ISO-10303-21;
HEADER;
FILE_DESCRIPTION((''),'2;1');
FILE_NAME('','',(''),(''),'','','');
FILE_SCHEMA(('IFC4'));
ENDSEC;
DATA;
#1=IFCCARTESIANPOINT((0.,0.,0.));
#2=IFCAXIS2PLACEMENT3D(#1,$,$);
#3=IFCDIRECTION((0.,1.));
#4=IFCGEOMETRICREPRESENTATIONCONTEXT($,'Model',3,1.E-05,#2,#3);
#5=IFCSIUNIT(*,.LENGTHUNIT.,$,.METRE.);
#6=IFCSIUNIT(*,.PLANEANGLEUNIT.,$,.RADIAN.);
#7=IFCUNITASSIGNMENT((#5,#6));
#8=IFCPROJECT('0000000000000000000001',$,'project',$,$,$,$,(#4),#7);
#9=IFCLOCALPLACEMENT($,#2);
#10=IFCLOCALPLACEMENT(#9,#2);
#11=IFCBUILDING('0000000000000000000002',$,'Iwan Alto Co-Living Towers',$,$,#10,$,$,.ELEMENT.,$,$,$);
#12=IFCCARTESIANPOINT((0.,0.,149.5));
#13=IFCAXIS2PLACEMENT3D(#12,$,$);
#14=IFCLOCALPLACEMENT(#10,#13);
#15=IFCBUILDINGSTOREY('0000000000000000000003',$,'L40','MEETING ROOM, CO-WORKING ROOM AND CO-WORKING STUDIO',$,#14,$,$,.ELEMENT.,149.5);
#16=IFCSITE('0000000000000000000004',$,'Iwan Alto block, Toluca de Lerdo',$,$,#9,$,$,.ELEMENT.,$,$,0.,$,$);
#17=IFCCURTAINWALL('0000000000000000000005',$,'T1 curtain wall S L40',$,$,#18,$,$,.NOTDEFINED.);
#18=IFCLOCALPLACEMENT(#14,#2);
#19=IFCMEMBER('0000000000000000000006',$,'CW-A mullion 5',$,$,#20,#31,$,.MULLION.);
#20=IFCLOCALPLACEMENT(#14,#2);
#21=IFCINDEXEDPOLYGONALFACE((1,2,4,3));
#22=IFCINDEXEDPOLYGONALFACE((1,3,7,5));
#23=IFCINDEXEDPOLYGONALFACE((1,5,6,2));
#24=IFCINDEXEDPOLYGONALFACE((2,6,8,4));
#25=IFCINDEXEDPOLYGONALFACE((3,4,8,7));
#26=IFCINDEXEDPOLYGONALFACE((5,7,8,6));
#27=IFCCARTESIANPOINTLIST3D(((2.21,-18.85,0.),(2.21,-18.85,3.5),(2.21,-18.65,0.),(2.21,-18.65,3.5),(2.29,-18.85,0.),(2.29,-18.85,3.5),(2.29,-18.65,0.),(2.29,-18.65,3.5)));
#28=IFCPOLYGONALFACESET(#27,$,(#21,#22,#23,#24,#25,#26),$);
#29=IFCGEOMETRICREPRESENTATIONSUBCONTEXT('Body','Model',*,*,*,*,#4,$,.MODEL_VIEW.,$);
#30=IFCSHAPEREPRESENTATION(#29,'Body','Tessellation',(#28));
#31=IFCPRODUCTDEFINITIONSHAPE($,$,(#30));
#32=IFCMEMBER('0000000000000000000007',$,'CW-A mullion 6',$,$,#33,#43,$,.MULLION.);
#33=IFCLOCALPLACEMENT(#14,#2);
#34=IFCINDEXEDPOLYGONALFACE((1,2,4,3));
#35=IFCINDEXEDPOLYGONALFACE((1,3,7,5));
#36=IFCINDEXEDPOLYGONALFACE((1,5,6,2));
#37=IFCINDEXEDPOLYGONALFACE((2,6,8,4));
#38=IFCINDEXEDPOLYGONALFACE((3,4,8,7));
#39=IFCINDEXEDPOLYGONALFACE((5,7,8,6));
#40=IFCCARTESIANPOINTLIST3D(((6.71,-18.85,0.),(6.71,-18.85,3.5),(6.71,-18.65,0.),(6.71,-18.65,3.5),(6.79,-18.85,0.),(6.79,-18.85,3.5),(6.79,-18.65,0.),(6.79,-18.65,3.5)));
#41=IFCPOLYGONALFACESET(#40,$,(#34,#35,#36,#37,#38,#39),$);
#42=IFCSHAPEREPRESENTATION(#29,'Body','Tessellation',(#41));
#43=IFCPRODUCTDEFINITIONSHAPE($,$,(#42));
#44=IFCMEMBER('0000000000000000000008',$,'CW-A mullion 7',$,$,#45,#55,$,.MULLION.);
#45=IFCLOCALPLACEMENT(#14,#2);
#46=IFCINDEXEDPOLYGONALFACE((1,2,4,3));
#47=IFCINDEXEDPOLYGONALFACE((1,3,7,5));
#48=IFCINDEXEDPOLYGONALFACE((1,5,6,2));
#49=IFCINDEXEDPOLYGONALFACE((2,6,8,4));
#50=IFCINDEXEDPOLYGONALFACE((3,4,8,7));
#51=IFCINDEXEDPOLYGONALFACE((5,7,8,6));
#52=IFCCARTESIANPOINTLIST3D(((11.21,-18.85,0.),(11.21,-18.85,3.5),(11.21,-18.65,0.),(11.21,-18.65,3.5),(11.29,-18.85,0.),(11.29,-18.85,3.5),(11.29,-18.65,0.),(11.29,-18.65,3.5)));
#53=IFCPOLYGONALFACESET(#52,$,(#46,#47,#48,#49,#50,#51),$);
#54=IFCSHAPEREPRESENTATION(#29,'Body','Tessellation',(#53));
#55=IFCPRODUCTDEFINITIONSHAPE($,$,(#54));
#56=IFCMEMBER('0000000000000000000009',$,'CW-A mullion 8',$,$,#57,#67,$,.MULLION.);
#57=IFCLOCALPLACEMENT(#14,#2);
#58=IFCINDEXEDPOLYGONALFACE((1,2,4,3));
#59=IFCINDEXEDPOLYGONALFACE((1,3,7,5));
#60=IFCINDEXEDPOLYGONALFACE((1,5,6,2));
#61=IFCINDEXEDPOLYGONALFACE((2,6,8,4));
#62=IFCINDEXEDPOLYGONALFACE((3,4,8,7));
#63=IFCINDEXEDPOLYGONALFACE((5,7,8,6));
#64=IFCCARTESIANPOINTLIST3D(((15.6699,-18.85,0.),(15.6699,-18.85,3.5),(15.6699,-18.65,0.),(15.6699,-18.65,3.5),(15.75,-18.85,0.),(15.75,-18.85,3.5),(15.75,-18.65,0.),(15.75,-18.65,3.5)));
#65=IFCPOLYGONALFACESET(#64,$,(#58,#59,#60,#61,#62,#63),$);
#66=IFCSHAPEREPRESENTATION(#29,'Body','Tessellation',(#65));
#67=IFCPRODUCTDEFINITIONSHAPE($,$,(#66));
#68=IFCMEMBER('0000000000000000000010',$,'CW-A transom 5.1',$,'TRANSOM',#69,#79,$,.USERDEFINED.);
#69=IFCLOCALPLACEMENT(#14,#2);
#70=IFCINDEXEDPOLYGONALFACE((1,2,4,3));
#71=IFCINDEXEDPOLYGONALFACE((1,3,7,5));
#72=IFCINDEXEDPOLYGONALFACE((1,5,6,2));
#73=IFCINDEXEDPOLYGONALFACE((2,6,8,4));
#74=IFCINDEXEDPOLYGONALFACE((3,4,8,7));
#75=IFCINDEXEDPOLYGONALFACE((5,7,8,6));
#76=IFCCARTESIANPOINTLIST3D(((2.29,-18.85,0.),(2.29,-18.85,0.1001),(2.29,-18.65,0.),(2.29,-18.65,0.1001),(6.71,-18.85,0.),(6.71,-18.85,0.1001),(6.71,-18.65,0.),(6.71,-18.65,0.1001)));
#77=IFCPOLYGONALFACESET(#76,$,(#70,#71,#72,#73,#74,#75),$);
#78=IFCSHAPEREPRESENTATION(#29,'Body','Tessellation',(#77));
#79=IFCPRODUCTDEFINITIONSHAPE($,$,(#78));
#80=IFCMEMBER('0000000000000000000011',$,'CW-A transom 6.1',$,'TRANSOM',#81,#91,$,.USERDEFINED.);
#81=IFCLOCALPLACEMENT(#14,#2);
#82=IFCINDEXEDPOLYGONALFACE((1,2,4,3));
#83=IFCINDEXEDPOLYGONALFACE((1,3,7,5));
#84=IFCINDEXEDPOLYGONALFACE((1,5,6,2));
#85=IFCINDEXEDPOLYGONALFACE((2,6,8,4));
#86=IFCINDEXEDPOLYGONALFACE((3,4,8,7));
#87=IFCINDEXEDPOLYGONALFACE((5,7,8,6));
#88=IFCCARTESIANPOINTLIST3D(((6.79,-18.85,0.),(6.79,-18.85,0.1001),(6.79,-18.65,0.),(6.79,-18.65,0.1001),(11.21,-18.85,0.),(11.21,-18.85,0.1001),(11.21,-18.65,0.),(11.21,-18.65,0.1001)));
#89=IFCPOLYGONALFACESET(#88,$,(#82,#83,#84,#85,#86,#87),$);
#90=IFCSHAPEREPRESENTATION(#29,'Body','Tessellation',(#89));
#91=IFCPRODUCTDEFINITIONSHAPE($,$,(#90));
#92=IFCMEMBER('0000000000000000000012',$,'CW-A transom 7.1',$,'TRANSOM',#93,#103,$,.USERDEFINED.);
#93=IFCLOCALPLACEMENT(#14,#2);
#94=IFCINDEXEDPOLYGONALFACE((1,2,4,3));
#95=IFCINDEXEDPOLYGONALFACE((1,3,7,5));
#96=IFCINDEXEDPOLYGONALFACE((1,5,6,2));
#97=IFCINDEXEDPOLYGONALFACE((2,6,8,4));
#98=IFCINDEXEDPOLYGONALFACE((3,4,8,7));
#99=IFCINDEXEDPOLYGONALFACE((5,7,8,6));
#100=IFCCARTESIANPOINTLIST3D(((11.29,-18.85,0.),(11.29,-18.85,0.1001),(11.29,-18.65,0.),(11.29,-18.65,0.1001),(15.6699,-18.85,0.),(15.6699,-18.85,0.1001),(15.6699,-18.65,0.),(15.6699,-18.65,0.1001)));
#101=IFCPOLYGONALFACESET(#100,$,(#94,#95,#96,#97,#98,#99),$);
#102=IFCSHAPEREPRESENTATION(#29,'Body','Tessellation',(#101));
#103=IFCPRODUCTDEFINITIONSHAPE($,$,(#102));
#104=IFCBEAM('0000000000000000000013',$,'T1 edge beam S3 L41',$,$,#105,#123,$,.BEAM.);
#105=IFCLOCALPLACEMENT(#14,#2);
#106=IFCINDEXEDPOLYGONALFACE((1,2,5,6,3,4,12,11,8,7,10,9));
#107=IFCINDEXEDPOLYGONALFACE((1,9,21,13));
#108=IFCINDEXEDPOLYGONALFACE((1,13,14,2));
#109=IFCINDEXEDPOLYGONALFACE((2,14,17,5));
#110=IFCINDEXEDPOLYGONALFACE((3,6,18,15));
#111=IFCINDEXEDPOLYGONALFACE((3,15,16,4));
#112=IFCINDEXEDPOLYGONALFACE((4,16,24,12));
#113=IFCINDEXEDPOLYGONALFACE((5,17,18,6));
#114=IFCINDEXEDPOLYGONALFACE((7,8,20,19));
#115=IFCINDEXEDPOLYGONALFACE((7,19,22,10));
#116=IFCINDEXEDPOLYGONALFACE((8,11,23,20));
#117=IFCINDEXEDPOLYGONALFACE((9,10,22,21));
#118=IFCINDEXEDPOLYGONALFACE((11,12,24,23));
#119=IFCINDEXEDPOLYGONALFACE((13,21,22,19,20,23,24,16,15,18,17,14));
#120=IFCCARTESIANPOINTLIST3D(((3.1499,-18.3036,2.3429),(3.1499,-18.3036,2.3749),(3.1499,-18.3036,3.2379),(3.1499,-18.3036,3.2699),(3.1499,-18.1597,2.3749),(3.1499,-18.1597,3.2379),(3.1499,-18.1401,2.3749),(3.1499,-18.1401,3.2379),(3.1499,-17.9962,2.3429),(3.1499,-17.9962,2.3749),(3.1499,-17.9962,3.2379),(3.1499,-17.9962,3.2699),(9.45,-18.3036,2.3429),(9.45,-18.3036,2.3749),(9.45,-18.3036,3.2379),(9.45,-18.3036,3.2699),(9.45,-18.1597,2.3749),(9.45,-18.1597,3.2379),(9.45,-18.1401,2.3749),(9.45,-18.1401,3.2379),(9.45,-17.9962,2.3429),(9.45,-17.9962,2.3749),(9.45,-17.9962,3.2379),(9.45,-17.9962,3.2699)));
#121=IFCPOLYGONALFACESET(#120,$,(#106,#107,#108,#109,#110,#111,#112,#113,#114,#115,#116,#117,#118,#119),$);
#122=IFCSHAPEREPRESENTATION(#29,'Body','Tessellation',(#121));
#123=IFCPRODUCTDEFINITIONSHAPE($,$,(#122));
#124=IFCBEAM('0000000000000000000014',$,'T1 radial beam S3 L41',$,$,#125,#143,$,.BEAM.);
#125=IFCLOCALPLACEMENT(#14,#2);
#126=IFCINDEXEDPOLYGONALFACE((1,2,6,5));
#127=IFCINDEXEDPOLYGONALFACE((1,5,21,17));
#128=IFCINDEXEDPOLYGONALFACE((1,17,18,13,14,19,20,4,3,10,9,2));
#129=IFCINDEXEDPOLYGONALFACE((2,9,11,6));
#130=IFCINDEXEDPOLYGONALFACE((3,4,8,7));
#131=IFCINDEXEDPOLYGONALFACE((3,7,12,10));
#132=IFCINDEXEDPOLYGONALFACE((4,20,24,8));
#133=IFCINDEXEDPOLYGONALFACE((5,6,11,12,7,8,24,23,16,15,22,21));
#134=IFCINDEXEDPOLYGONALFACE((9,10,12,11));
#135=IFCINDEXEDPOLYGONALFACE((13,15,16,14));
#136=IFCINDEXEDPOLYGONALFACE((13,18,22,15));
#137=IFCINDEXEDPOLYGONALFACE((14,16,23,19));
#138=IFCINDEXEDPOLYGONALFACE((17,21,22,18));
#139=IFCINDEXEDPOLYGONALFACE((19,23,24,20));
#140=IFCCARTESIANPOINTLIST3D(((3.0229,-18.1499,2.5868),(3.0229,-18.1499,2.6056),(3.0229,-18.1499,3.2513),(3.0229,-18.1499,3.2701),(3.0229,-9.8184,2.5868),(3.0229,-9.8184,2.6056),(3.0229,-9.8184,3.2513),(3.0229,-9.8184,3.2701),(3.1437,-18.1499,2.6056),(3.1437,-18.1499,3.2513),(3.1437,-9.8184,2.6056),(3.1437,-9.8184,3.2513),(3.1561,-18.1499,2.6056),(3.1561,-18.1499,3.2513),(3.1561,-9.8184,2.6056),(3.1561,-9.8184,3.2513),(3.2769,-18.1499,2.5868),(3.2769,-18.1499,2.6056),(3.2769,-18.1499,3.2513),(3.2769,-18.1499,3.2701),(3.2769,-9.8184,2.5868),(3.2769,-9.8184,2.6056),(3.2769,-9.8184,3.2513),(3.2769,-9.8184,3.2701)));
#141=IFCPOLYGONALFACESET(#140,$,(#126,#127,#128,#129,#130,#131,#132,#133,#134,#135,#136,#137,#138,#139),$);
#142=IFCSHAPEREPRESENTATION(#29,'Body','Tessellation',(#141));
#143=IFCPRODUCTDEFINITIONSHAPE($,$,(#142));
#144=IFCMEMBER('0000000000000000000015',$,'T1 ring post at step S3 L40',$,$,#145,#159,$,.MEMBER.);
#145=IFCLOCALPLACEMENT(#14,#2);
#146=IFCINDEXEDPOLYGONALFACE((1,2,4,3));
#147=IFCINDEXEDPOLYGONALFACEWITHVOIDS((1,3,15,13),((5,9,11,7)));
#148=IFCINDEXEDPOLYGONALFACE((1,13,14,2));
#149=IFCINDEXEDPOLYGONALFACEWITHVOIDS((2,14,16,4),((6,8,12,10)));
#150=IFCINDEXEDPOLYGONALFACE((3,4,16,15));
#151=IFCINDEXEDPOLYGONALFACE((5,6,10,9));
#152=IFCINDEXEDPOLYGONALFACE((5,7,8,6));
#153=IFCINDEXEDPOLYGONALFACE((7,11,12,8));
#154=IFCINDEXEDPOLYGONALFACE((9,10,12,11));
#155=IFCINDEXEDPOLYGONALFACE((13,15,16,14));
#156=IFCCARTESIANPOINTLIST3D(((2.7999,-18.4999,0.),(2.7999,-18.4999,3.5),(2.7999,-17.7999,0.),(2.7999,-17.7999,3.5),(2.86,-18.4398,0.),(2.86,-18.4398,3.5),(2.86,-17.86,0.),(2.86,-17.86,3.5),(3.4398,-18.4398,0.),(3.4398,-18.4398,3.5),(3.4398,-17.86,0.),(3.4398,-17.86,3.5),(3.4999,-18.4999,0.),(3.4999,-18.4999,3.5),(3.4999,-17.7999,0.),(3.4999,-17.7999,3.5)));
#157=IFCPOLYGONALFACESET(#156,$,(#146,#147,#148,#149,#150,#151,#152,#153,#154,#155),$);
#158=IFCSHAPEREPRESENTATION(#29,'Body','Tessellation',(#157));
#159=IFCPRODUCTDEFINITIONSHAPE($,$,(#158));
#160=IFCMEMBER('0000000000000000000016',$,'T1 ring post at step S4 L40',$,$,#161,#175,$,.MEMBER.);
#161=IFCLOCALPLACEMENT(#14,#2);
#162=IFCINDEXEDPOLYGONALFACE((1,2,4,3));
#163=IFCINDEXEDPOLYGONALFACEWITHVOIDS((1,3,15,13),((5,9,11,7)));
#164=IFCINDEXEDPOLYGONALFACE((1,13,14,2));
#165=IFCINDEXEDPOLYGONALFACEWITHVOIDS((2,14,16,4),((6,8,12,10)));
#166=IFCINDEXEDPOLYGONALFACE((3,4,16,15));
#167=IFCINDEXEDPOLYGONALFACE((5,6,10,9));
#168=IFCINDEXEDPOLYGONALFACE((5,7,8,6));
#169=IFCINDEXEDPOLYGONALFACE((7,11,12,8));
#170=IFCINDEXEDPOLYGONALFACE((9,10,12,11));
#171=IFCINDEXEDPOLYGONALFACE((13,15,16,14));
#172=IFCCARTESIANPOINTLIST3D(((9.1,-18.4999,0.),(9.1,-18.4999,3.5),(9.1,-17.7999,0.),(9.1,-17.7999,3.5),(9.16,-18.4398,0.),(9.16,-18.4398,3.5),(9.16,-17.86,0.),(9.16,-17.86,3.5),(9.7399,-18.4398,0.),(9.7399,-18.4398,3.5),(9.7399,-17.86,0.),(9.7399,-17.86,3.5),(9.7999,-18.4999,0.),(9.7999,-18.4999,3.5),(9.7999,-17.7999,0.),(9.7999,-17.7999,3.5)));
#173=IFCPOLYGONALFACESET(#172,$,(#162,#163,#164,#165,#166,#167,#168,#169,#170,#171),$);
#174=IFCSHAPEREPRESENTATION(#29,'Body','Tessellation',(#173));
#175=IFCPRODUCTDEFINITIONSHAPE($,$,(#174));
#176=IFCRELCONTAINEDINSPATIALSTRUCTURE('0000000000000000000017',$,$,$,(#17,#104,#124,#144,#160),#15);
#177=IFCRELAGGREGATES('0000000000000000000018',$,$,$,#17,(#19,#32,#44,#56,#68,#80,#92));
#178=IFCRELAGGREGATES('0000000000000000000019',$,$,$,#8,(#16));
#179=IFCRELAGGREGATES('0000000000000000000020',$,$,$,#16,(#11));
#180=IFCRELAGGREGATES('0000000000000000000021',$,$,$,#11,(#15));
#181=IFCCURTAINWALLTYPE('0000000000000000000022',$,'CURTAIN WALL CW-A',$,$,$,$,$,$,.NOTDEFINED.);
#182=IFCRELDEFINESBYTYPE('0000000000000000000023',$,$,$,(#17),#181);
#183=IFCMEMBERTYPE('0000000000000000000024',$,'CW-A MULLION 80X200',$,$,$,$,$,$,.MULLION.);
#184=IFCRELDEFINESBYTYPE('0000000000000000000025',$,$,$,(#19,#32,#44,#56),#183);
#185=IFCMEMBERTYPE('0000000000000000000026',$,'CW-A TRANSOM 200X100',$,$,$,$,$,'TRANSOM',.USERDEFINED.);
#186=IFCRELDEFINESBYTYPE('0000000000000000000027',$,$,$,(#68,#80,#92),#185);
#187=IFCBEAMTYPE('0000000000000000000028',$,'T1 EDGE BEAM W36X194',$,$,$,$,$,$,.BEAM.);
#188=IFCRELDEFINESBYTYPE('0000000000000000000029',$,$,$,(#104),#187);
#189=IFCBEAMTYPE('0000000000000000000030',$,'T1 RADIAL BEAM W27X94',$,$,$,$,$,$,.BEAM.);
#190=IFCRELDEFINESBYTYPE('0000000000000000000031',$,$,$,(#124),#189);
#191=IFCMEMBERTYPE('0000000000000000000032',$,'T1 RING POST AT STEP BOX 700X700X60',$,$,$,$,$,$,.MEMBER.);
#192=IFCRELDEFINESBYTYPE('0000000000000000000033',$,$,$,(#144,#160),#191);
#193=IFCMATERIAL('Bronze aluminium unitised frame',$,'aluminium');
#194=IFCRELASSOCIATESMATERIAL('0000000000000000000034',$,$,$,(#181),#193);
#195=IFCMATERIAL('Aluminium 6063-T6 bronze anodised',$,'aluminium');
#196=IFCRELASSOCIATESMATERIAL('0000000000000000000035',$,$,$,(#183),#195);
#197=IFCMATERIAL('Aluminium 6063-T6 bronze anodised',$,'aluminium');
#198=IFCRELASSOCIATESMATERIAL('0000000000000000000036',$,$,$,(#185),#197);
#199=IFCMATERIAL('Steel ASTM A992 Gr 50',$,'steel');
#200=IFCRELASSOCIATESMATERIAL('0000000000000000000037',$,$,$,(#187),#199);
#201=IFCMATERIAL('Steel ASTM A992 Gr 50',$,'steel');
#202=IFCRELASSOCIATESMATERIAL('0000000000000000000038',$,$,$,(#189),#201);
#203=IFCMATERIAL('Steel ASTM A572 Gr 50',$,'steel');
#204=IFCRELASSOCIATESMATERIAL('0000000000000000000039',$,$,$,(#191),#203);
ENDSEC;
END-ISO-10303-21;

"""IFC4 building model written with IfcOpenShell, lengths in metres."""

from ifc_helpers import new_model, si_unit, direction, frame, origin, origin_2d, place, context, subcontext, project, spatial, rectangle, hollow_rectangle, i_section, extrude, material, material_profile, profile_set, type_object, element, aggregate, save


model = new_model("IFC4")

# Units and contexts
model_context = context("Model", 3, precision=1e-05, world=origin(), true_north=direction((0.0, 1.0)))
body_context = subcontext(model_context, "Body", "Model", "MODEL_VIEW")
ifc_project = project(units=[si_unit("LENGTHUNIT", "METRE"), si_unit("PLANEANGLEUNIT", "RADIAN")], contexts=[model_context])

# Site, building, storey
site_placement = place(None, origin())
site = spatial("IfcSite", under=ifc_project, at=site_placement, Name="Iwan Alto block, Toluca de Lerdo", CompositionType="ELEMENT", RefElevation=0.0)
building_placement = place(site_placement, origin())
building = spatial("IfcBuilding", under=site, at=building_placement, Name="Iwan Alto Co-Living Towers", CompositionType="ELEMENT")
storey_placement = place(building_placement, frame((0.0, 0.0, 149.5)))
storey = spatial("IfcBuildingStorey", under=building, at=storey_placement, Name="L40", Description="MEETING ROOM, CO-WORKING ROOM AND CO-WORKING STUDIO", CompositionType="ELEMENT", Elevation=149.5)

# Curtain wall, members
ifc_material_1 = material(Name="Bronze aluminium unitised frame", Category="aluminium")
curtain_wall_type = type_object("IfcCurtainWallType", Name="CURTAIN WALL CW-A", PredefinedType="NOTDEFINED", material=ifc_material_1)
curtain_wall_placement = place(storey_placement, origin())
curtain_wall = element("IfcCurtainWall", 1, at=curtain_wall_placement, inside=storey, type_object=curtain_wall_type, Name="T1 curtain wall S L40", PredefinedType="NOTDEFINED")
ifc_material_2 = material(Name="Aluminium 6063-T6 bronze anodised", Category="aluminium")
ifc_material_profile_1 = material_profile(ifc_material_2, rectangle(XDim=0.2, YDim=0.0801, at=origin_2d()), Name="AL 80X200")
ifc_profile_set_1 = profile_set([ifc_material_profile_1], Name="Aluminium 6063-T6 bronze anodised")
member_type_1 = type_object("IfcMemberType", Name="CW-A MULLION 80X200", PredefinedType="MULLION", material=ifc_profile_set_1)
member_1_placement = place(storey_placement, frame((2.25, -18.75, 0.0), z_axis=(0.0, 0.0, 1.0), x_axis=(0.0, 1.0, 0.0)))
member_1 = element("IfcMember", 2, at=member_1_placement, type_object=member_type_1, Name="CW-A mullion 5", PredefinedType="MULLION", context=body_context, shape_type="SweptSolid", body=[
    extrude(rectangle(XDim=0.2, YDim=0.0801, at=origin_2d()), origin(), (0.0, 0.0, 1.0), 3.5),
])
member_2_placement = place(storey_placement, frame((6.75, -18.75, 0.0), z_axis=(0.0, 0.0, 1.0), x_axis=(0.0, 1.0, 0.0)))
member_2 = element("IfcMember", 3, at=member_2_placement, type_object=member_type_1, Name="CW-A mullion 6", PredefinedType="MULLION", context=body_context, shape_type="SweptSolid", body=[
    extrude(rectangle(XDim=0.2, YDim=0.0801, at=origin_2d()), origin(), (0.0, 0.0, 1.0), 3.5),
])
member_3_placement = place(storey_placement, frame((11.25, -18.75, 0.0), z_axis=(0.0, 0.0, 1.0), x_axis=(0.0, 1.0, 0.0)))
member_3 = element("IfcMember", 4, at=member_3_placement, type_object=member_type_1, Name="CW-A mullion 7", PredefinedType="MULLION", context=body_context, shape_type="SweptSolid", body=[
    extrude(rectangle(XDim=0.2, YDim=0.0801, at=origin_2d()), origin(), (0.0, 0.0, 1.0), 3.5),
])
member_4_placement = place(storey_placement, frame((15.71, -18.75, 0.0), z_axis=(0.0, 0.0, 1.0), x_axis=(0.0, 1.0, 0.0)))
member_4 = element("IfcMember", 5, at=member_4_placement, type_object=member_type_1, Name="CW-A mullion 8", PredefinedType="MULLION", context=body_context, shape_type="SweptSolid", body=[
    extrude(rectangle(XDim=0.2, YDim=0.0801, at=origin_2d()), origin(), (0.0, 0.0, 1.0), 3.5),
])
ifc_material_3 = material(Name="Aluminium 6063-T6 bronze anodised", Category="aluminium")
ifc_material_profile_2 = material_profile(ifc_material_3, rectangle(XDim=0.2, YDim=0.1001, at=origin_2d()), Name="AL 200X100")
ifc_profile_set_2 = profile_set([ifc_material_profile_2], Name="Aluminium 6063-T6 bronze anodised")
member_type_2 = type_object("IfcMemberType", Name="CW-A TRANSOM 200X100", ElementType="TRANSOM", PredefinedType="USERDEFINED", material=ifc_profile_set_2)
member_5_placement = place(storey_placement, frame((2.29, -18.75, 0.05), z_axis=(1.0, 0.0, 0.0), x_axis=(0.0, 1.0, 0.0)))
member_5 = element("IfcMember", 6, at=member_5_placement, type_object=member_type_2, Name="CW-A transom 5.1", ObjectType="TRANSOM", PredefinedType="USERDEFINED", context=body_context, shape_type="SweptSolid", body=[
    extrude(rectangle(XDim=0.2, YDim=0.1001, at=origin_2d()), origin(), (0.0, 0.0, 1.0), 4.4199),
])
member_6_placement = place(storey_placement, frame((6.79, -18.75, 0.05), z_axis=(1.0, 0.0, 0.0), x_axis=(0.0, 1.0, 0.0)))
member_6 = element("IfcMember", 7, at=member_6_placement, type_object=member_type_2, Name="CW-A transom 6.1", ObjectType="TRANSOM", PredefinedType="USERDEFINED", context=body_context, shape_type="SweptSolid", body=[
    extrude(rectangle(XDim=0.2, YDim=0.1001, at=origin_2d()), origin(), (0.0, 0.0, 1.0), 4.4199),
])
member_7_placement = place(storey_placement, frame((11.29, -18.75, 0.05), z_axis=(1.0, 0.0, 0.0), x_axis=(0.0, 1.0, 0.0)))
member_7 = element("IfcMember", 8, at=member_7_placement, type_object=member_type_2, Name="CW-A transom 7.1", ObjectType="TRANSOM", PredefinedType="USERDEFINED", context=body_context, shape_type="SweptSolid", body=[
    extrude(rectangle(XDim=0.2, YDim=0.1001, at=origin_2d()), origin(), (0.0, 0.0, 1.0), 4.3799),
])

# Beams
ifc_material_4 = material(Name="Steel ASTM A992 Gr 50", Category="steel")
ifc_material_profile_3 = material_profile(ifc_material_4, i_section(OverallWidth=0.3074, OverallDepth=0.927, WebThickness=0.0195, FlangeThickness=0.032, at=origin_2d()), Name="W36X194")
ifc_profile_set_3 = profile_set([ifc_material_profile_3], Name="Steel ASTM A992 Gr 50")
beam_type_1 = type_object("IfcBeamType", Name="T1 EDGE BEAM W36X194", PredefinedType="BEAM", material=ifc_profile_set_3)
beam_1_placement = place(storey_placement, frame((3.1499, -18.1499, 2.8064), z_axis=(1.0, 0.0, 0.0), x_axis=(0.0, 1.0, 0.0)))
element("IfcBeam", 9, at=beam_1_placement, inside=storey, type_object=beam_type_1, Name="T1 edge beam S3 L41", PredefinedType="BEAM", context=body_context, shape_type="SweptSolid", body=[
    extrude(i_section(OverallWidth=0.3074, OverallDepth=0.927, WebThickness=0.0195, FlangeThickness=0.032, at=origin_2d()), origin(), (0.0, 0.0, 1.0), 6.3),
])
ifc_material_5 = material(Name="Steel ASTM A992 Gr 50", Category="steel")
ifc_material_profile_4 = material_profile(ifc_material_5, i_section(OverallWidth=0.2539, OverallDepth=0.6833, WebThickness=0.0125, FlangeThickness=0.0188, at=origin_2d()), Name="W27X94")
ifc_profile_set_4 = profile_set([ifc_material_profile_4], Name="Steel ASTM A992 Gr 50")
beam_type_2 = type_object("IfcBeamType", Name="T1 RADIAL BEAM W27X94", PredefinedType="BEAM", material=ifc_profile_set_4)
beam_2_placement = place(storey_placement, frame((3.1499, -18.1499, 2.9285), z_axis=(0.0, 1.0, 0.0), x_axis=(-1.0, 0.0, 0.0)))
element("IfcBeam", 10, at=beam_2_placement, inside=storey, type_object=beam_type_2, Name="T1 radial beam S3 L41", PredefinedType="BEAM", context=body_context, shape_type="SweptSolid", body=[
    extrude(i_section(OverallWidth=0.2539, OverallDepth=0.6833, WebThickness=0.0125, FlangeThickness=0.0188, at=origin_2d()), origin(), (0.0, 0.0, 1.0), 8.3315),
])

# Members
ifc_material_6 = material(Name="Steel ASTM A572 Gr 50", Category="steel")
ifc_material_profile_5 = material_profile(ifc_material_6, hollow_rectangle(XDim=0.7, YDim=0.7, WallThickness=0.0601, at=origin_2d()), Name="BOX 700X700X60")
ifc_profile_set_5 = profile_set([ifc_material_profile_5], Name="Steel ASTM A572 Gr 50")
member_type_3 = type_object("IfcMemberType", Name="T1 RING POST AT STEP BOX 700X700X60", PredefinedType="MEMBER", material=ifc_profile_set_5)
for number, where, z_axis, x_axis, name in (
    (11, (3.1499, -18.1499, 0.0), (0.0, 0.0, 1.0), (1.0, 0.0, 0.0), "T1 ring post at step S3 L40"),
    (12, (9.45, -18.1499, 0.0), (0.0, 0.0, 1.0), (1.0, 0.0, 0.0), "T1 ring post at step S4 L40"),
):
    element("IfcMember", number, at=place(storey_placement, frame(where, z_axis=z_axis, x_axis=x_axis)), inside=storey, type_object=member_type_3, Name=name, PredefinedType="MEMBER", context=body_context, shape_type="SweptSolid", body=[
        extrude(hollow_rectangle(XDim=0.7, YDim=0.7, WallThickness=0.0601, at=origin_2d()), origin(), (0.0, 0.0, 1.0), 3.5),
    ])

aggregate(curtain_wall, [member_1, member_2, member_3, member_4, member_5, member_6, member_7])

save(model, "model.ifc")
